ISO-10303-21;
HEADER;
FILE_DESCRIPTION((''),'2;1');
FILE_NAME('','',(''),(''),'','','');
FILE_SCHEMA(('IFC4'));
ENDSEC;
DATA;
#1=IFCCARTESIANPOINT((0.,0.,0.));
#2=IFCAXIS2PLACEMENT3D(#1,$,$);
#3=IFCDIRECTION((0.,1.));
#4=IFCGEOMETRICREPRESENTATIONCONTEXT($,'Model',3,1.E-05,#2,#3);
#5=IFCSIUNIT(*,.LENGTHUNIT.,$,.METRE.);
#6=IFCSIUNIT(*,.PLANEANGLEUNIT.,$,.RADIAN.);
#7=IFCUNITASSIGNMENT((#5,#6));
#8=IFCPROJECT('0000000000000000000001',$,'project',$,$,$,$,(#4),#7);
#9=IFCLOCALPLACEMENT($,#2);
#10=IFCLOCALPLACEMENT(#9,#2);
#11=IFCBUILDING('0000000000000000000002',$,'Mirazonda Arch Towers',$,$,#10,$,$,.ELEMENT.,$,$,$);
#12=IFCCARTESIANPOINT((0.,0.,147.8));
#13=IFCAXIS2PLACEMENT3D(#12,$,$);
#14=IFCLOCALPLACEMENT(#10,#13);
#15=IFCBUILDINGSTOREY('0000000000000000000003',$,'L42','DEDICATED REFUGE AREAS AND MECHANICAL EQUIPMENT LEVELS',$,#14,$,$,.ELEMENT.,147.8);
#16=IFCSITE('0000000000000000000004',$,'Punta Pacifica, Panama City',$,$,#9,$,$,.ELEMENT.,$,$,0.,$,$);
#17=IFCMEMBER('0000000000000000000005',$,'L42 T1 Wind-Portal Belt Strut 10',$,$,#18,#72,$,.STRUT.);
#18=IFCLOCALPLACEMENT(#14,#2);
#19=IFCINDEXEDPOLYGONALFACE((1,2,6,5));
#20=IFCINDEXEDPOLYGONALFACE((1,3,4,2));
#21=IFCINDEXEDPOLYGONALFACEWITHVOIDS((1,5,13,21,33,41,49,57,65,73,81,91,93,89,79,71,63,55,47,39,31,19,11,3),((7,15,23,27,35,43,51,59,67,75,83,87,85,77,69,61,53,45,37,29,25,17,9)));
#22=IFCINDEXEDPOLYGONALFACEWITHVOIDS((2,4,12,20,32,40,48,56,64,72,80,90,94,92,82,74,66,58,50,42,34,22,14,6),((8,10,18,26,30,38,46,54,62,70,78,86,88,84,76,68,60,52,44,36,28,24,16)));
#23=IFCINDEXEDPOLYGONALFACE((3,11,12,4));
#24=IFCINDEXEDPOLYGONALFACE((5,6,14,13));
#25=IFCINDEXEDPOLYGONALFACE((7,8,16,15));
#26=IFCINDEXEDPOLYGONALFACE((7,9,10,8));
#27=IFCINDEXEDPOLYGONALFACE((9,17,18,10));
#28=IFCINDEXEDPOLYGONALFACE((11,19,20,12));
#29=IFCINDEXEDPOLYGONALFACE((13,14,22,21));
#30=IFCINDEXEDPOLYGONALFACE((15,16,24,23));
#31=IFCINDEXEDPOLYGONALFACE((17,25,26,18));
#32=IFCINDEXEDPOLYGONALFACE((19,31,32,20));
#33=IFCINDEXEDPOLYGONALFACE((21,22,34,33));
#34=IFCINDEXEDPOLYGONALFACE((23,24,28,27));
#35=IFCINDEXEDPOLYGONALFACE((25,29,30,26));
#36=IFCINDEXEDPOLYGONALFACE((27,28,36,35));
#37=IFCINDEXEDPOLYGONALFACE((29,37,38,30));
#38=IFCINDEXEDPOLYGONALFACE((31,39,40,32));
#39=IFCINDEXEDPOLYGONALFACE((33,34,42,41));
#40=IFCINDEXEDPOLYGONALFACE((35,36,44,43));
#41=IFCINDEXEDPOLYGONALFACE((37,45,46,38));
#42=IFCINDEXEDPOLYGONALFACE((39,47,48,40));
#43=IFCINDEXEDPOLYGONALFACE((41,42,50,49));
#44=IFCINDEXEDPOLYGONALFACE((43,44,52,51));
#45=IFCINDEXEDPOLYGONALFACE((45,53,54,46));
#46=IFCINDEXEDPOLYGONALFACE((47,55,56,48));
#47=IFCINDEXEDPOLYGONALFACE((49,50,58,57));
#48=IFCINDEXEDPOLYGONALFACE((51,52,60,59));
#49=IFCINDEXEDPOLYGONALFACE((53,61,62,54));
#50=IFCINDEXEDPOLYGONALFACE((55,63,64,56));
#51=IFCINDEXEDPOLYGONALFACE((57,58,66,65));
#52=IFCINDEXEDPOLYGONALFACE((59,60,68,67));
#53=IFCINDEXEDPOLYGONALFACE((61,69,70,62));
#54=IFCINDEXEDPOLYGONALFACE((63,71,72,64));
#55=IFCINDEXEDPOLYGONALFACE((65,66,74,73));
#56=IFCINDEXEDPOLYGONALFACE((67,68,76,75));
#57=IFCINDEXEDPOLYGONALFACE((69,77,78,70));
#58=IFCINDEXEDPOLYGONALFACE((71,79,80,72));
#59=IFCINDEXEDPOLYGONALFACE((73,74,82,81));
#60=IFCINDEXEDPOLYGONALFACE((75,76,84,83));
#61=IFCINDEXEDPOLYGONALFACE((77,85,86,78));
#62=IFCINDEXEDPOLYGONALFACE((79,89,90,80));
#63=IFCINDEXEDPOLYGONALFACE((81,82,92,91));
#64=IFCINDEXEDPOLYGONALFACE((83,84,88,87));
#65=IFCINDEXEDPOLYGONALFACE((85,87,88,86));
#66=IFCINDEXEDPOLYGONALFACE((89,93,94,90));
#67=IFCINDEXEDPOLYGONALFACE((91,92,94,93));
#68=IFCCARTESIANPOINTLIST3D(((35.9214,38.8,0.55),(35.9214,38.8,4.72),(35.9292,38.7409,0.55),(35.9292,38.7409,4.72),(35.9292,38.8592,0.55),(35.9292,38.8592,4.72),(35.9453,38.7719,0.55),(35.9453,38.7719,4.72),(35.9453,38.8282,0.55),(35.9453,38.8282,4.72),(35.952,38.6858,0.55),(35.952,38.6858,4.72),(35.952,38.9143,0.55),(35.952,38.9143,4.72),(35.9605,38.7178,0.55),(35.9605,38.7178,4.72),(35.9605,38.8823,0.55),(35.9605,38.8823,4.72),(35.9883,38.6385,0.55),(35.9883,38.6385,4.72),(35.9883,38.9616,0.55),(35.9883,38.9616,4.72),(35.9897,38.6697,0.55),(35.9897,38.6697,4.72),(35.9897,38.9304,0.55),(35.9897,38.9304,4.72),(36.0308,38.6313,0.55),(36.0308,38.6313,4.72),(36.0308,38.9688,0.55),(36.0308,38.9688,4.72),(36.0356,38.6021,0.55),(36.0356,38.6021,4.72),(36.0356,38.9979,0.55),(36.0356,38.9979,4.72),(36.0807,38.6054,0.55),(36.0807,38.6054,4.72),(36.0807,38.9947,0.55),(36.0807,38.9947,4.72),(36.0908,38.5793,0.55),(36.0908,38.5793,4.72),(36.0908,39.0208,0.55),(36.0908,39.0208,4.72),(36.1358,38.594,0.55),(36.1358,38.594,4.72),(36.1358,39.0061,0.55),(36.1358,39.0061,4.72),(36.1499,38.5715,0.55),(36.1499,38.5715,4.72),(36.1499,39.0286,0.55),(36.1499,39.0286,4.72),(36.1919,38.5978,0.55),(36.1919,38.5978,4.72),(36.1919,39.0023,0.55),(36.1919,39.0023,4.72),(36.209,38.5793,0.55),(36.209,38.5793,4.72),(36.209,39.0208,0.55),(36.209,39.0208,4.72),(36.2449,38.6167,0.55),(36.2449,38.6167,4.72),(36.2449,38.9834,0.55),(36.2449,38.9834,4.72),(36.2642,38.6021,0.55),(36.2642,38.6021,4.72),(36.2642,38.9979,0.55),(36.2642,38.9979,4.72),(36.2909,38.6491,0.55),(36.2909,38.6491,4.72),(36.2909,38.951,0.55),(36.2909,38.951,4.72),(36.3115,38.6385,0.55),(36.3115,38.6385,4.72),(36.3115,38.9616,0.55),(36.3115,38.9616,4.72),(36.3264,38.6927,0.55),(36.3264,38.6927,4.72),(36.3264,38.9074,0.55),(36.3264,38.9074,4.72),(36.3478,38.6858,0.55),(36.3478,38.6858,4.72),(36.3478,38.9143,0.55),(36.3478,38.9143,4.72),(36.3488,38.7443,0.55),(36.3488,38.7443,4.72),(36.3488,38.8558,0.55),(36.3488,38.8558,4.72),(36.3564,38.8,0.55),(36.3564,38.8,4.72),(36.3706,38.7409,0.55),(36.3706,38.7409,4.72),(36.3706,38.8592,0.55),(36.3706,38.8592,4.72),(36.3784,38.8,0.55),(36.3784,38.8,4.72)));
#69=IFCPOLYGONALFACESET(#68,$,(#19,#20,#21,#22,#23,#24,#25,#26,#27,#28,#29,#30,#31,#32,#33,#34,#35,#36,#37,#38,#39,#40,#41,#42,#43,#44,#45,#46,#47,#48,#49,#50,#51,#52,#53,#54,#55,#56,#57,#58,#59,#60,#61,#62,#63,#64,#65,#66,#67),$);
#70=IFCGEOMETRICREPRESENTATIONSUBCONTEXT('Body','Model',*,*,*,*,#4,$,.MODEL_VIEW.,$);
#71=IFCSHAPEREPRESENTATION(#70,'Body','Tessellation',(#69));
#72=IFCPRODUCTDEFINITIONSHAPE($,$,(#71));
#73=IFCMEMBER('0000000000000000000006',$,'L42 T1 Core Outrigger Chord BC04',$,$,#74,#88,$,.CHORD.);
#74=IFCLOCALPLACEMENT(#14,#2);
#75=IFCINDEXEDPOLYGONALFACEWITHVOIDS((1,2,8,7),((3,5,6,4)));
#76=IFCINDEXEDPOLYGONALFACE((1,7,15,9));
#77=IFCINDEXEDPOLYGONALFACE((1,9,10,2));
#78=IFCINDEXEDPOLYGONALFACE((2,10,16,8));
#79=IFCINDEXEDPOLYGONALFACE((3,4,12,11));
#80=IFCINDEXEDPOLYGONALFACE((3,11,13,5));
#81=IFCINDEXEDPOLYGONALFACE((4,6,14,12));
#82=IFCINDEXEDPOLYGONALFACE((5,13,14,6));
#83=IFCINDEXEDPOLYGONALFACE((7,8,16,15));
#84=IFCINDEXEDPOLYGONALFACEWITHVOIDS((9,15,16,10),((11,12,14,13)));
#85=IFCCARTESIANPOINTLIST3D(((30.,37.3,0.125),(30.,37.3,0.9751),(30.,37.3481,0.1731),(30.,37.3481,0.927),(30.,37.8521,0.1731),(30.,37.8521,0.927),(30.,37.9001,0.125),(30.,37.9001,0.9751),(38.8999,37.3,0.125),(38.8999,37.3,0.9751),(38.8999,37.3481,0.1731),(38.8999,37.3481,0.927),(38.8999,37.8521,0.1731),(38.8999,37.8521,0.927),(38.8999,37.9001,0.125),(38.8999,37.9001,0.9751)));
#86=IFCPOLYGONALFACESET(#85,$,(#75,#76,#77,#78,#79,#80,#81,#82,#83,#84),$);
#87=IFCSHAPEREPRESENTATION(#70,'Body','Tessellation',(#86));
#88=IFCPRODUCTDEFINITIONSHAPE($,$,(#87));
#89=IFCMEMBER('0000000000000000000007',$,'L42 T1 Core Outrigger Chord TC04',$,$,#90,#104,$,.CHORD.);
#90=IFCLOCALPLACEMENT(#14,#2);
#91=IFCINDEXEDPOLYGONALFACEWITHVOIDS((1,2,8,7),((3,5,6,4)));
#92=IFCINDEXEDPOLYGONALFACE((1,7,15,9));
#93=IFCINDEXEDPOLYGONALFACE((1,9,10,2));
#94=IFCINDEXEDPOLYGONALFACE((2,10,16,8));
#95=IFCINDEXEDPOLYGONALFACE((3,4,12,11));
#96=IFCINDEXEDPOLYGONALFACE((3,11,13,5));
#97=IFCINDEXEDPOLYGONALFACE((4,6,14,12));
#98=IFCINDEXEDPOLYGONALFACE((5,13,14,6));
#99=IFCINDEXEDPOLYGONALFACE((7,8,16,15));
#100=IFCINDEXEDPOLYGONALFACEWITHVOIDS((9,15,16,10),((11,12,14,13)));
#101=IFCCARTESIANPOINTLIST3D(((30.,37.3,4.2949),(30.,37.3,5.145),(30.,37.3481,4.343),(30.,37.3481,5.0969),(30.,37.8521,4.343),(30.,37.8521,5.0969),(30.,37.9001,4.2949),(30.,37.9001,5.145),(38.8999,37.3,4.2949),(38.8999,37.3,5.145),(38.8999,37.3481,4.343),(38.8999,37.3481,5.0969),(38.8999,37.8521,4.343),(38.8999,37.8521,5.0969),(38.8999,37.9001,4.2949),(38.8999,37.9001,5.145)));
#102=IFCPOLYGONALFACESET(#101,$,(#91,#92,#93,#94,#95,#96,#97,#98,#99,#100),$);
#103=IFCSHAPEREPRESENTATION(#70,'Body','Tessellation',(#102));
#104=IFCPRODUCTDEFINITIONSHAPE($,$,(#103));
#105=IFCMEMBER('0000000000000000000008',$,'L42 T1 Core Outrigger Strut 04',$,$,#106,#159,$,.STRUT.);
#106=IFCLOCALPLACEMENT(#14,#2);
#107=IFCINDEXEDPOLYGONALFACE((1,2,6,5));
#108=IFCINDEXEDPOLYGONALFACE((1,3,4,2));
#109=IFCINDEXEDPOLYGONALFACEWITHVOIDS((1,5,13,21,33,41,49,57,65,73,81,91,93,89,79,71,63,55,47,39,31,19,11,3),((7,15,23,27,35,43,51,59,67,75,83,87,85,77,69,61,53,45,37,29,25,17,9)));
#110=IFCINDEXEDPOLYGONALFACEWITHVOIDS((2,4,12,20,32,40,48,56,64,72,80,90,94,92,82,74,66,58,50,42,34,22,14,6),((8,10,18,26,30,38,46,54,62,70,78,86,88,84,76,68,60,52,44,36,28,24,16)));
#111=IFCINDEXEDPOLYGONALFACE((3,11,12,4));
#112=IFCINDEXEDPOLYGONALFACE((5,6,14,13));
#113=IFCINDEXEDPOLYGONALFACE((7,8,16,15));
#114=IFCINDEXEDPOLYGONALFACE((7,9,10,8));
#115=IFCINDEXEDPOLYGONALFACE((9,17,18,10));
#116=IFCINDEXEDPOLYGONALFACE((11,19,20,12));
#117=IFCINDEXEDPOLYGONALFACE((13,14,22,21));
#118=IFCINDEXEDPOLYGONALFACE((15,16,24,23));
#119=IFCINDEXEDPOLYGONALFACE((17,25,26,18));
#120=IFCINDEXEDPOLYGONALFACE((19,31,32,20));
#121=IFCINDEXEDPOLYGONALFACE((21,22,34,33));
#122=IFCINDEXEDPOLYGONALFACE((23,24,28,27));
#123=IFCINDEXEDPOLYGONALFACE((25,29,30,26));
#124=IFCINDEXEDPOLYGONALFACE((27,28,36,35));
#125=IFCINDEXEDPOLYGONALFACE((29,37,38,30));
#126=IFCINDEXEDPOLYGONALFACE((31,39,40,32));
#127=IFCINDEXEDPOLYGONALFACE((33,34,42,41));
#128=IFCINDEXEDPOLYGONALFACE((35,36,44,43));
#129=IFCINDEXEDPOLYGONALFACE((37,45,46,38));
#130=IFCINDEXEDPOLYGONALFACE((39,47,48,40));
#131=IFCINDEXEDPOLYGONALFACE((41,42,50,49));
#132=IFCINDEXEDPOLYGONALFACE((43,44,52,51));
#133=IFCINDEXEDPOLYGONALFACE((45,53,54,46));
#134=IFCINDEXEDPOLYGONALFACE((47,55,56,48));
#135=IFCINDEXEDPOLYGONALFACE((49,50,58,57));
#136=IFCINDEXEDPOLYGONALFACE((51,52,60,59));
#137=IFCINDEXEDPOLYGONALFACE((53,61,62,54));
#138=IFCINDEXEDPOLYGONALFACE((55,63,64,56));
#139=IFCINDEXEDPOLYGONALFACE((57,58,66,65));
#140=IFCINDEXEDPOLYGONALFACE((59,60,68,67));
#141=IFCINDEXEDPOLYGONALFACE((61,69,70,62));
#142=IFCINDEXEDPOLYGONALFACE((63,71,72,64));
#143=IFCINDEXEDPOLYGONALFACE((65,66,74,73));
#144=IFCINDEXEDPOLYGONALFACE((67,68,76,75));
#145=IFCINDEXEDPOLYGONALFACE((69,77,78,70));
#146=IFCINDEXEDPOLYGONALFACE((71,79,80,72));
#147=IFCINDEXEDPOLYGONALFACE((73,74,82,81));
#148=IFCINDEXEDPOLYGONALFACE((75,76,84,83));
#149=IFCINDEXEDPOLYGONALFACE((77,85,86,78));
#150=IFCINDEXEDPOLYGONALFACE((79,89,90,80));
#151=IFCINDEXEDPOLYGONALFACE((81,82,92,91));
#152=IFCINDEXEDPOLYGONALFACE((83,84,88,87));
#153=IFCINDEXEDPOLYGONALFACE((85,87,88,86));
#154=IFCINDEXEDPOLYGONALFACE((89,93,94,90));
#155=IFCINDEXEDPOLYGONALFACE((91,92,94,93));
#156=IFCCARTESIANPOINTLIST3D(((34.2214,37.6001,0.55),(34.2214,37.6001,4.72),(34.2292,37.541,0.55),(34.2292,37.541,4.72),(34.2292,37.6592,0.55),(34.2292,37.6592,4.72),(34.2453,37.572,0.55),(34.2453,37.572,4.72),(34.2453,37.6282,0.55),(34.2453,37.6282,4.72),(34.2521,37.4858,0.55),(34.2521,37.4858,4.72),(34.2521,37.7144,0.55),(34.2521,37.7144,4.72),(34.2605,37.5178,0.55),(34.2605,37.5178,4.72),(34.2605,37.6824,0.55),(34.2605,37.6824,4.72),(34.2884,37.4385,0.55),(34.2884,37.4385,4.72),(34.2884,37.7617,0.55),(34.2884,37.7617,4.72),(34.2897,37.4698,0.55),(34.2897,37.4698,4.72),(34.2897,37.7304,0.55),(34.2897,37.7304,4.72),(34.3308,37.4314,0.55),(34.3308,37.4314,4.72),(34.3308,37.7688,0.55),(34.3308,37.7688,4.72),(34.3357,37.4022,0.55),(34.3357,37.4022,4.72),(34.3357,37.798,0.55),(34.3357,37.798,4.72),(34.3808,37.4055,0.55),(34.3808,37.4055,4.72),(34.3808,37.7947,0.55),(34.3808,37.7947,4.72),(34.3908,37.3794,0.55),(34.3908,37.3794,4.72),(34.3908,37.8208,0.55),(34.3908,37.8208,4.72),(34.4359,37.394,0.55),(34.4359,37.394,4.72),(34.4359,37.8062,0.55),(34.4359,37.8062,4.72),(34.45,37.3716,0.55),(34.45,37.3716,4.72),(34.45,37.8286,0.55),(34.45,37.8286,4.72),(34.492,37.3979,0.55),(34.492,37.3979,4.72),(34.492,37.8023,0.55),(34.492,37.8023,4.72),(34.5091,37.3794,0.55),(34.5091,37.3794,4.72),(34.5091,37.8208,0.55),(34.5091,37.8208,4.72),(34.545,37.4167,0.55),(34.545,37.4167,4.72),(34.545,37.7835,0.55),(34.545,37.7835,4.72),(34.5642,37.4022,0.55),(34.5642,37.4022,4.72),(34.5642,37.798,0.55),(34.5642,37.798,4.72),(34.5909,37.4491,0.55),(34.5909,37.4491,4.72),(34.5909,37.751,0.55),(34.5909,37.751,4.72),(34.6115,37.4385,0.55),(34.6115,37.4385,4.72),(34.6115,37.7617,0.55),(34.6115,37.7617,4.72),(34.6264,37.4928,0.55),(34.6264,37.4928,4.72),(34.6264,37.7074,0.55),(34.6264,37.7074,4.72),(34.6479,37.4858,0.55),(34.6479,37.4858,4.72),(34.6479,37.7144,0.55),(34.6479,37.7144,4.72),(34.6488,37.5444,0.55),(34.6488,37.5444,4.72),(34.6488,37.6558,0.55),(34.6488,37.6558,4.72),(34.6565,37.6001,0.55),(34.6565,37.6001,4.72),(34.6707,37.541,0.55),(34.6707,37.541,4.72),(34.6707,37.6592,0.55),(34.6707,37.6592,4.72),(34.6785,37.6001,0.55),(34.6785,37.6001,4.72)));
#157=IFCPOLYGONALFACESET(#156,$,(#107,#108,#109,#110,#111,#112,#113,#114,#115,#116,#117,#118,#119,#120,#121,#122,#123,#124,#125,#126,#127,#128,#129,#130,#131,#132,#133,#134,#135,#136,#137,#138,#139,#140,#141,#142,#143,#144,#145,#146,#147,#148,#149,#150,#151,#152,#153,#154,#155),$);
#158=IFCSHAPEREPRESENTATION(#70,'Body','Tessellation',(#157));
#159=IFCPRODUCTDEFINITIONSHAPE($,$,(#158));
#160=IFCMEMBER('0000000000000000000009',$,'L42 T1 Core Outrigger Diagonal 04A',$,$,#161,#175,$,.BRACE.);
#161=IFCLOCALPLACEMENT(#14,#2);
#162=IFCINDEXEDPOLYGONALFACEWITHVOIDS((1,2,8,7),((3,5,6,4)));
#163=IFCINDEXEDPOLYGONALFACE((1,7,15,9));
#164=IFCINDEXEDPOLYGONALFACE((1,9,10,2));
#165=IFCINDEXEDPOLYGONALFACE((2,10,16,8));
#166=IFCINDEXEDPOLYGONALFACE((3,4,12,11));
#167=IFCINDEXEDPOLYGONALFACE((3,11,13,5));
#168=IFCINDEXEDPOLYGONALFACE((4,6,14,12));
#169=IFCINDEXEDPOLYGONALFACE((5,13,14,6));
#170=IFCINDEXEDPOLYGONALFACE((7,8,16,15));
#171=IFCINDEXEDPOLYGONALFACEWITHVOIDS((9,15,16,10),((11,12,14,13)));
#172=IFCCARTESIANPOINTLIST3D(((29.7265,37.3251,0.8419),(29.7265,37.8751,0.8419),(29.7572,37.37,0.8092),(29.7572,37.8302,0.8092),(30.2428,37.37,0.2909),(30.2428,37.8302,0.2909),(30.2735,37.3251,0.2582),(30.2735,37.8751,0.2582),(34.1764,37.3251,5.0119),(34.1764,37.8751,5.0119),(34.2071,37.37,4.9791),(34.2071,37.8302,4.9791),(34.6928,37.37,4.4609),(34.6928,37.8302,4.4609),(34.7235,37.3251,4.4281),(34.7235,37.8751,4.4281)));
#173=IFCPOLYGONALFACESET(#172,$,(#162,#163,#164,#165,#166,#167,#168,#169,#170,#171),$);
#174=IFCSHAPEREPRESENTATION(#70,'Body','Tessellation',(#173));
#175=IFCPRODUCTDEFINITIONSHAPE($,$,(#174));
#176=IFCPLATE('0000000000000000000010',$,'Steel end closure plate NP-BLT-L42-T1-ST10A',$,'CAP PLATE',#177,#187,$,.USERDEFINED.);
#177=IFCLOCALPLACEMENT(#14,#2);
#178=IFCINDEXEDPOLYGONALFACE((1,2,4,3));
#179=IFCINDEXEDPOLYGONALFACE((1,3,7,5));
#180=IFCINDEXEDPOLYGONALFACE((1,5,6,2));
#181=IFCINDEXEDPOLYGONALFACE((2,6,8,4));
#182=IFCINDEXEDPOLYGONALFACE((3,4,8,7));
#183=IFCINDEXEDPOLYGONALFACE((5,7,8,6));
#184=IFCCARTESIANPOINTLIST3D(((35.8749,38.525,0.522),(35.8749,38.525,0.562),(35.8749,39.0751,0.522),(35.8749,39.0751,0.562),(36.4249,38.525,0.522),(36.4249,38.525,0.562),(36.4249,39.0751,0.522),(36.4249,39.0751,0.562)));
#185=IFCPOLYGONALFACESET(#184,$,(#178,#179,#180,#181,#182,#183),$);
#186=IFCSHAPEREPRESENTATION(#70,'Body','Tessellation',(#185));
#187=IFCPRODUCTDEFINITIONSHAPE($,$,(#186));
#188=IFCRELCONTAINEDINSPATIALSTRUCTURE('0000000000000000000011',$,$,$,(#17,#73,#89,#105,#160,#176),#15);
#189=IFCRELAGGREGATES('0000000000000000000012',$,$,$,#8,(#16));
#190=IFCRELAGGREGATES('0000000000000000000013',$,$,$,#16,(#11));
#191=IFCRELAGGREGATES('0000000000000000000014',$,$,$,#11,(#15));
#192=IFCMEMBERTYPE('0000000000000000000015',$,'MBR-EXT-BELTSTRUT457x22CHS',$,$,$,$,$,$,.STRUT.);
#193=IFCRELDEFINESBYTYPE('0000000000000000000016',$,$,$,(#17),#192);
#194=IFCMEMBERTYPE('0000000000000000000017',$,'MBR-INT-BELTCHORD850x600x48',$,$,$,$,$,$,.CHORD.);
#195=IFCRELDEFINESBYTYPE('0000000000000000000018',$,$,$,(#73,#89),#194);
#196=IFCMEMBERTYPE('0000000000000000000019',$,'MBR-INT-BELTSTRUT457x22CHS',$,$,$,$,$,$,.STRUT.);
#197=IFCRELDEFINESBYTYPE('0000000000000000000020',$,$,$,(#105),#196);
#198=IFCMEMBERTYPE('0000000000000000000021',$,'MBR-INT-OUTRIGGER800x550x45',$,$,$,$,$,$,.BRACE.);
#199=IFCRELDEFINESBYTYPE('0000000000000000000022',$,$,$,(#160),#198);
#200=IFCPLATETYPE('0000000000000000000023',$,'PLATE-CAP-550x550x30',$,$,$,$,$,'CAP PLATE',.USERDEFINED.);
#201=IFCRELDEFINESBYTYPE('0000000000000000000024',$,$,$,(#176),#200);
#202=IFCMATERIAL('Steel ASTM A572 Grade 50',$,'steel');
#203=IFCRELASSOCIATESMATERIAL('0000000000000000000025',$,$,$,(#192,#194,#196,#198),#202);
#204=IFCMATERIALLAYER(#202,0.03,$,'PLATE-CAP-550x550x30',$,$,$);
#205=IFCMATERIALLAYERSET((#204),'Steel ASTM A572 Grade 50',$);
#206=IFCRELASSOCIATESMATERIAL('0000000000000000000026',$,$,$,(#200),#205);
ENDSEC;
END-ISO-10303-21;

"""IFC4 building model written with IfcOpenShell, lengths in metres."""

from ifc_helpers import new_model, si_unit, direction, frame, origin, origin_2d, place, context, subcontext, project, spatial, rectangle, hollow_rectangle, hollow_circle, extrude, material, layer, layer_set, material_profile, profile_set, type_object, element, save


model = new_model("IFC4")

# Units and contexts
model_context = context("Model", 3, precision=1e-05, world=origin(), true_north=direction((0.0, 1.0)))
body_context = subcontext(model_context, "Body", "Model", "MODEL_VIEW")
ifc_project = project(units=[si_unit("LENGTHUNIT", "METRE"), si_unit("PLANEANGLEUNIT", "RADIAN")], contexts=[model_context])

# Site, building, storey
site_placement = place(None, origin())
site = spatial("IfcSite", under=ifc_project, at=site_placement, Name="Punta Pacifica, Panama City", CompositionType="ELEMENT", RefElevation=0.0)
building_placement = place(site_placement, origin())
building = spatial("IfcBuilding", under=site, at=building_placement, Name="Mirazonda Arch Towers", CompositionType="ELEMENT")
storey_placement = place(building_placement, frame((0.0, 0.0, 147.8)))
storey = spatial("IfcBuildingStorey", under=building, at=storey_placement, Name="L42", Description="DEDICATED REFUGE AREAS AND MECHANICAL EQUIPMENT LEVELS", CompositionType="ELEMENT", Elevation=147.8)

# Shared definitions
ifc_material_1 = material(Name="Steel ASTM A572 Grade 50", Category="steel")

# Members
ifc_material_profile_1 = material_profile(ifc_material_1, hollow_circle(Radius=0.2285, WallThickness=0.022, at=origin_2d()), Name="BELTSTRUT457x22CHS")
ifc_profile_set_1 = profile_set([ifc_material_profile_1], Name="Steel ASTM A572 Grade 50")
member_type_1 = type_object("IfcMemberType", Name="MBR-EXT-BELTSTRUT457x22CHS", PredefinedType="STRUT", material=ifc_profile_set_1)
member_1_placement = place(storey_placement, frame((36.1499, 38.8, 0.55), z_axis=(0.0, 0.0, 1.0), x_axis=(1.0, 0.0, 0.0)))
element("IfcMember", 1, at=member_1_placement, inside=storey, type_object=member_type_1, Name="L42 T1 Wind-Portal Belt Strut 10", PredefinedType="STRUT", context=body_context, shape_type="SweptSolid", body=[
    extrude(hollow_circle(Radius=0.2285, WallThickness=0.022, at=origin_2d()), origin(), (0.0, 0.0, 1.0), 4.1699),
])
ifc_material_profile_2 = material_profile(ifc_material_1, hollow_rectangle(XDim=0.6001, YDim=0.8501, WallThickness=0.0481, at=origin_2d()), Name="BELTCHORD850x600x48")
ifc_profile_set_2 = profile_set([ifc_material_profile_2], Name="Steel ASTM A572 Grade 50")
member_type_2 = type_object("IfcMemberType", Name="MBR-INT-BELTCHORD850x600x48", PredefinedType="CHORD", material=ifc_profile_set_2)
for number, where, z_axis, x_axis, name in (
    (2, (30.0, 37.6001, 0.55), (1.0, 0.0, 0.0), (0.0, 1.0, 0.0), "L42 T1 Core Outrigger Chord BC04"),
    (3, (30.0, 37.6001, 4.72), (1.0, 0.0, 0.0), (0.0, 1.0, 0.0), "L42 T1 Core Outrigger Chord TC04"),
):
    element("IfcMember", number, at=place(storey_placement, frame(where, z_axis=z_axis, x_axis=x_axis)), inside=storey, type_object=member_type_2, Name=name, PredefinedType="CHORD", context=body_context, shape_type="SweptSolid", body=[
        extrude(hollow_rectangle(XDim=0.6001, YDim=0.8501, WallThickness=0.0481, at=origin_2d()), origin(), (0.0, 0.0, 1.0), 8.8999),
    ])
ifc_material_profile_3 = material_profile(ifc_material_1, hollow_circle(Radius=0.2285, WallThickness=0.022, at=origin_2d()), Name="BELTSTRUT457x22CHS")
ifc_profile_set_3 = profile_set([ifc_material_profile_3], Name="Steel ASTM A572 Grade 50")
member_type_3 = type_object("IfcMemberType", Name="MBR-INT-BELTSTRUT457x22CHS", PredefinedType="STRUT", material=ifc_profile_set_3)
member_2_placement = place(storey_placement, frame((34.45, 37.6001, 0.55), z_axis=(0.0, 0.0, 1.0), x_axis=(1.0, 0.0, 0.0)))
element("IfcMember", 4, at=member_2_placement, inside=storey, type_object=member_type_3, Name="L42 T1 Core Outrigger Strut 04", PredefinedType="STRUT", context=body_context, shape_type="SweptSolid", body=[
    extrude(hollow_circle(Radius=0.2285, WallThickness=0.022, at=origin_2d()), origin(), (0.0, 0.0, 1.0), 4.1699),
])
ifc_material_profile_4 = material_profile(ifc_material_1, hollow_rectangle(XDim=0.55, YDim=0.8, WallThickness=0.0449, at=origin_2d()), Name="OUTRIGGER800x550x45")
ifc_profile_set_4 = profile_set([ifc_material_profile_4], Name="Steel ASTM A572 Grade 50")
member_type_4 = type_object("IfcMemberType", Name="MBR-INT-OUTRIGGER800x550x45", PredefinedType="BRACE", material=ifc_profile_set_4)
member_3_placement = place(storey_placement, frame((30.0, 37.6001, 0.55), z_axis=(0.729693, 0.0, 0.683775), x_axis=(0.0, 1.0, 0.0)))
element("IfcMember", 5, at=member_3_placement, inside=storey, type_object=member_type_4, Name="L42 T1 Core Outrigger Diagonal 04A", PredefinedType="BRACE", context=body_context, shape_type="SweptSolid", body=[
    extrude(hollow_rectangle(XDim=0.55, YDim=0.8, WallThickness=0.0449, at=origin_2d()), origin(), (0.0, 0.0, 1.0), 6.0984),
])

# Plate
ifc_layer_1 = layer(ifc_material_1, 0.03, Name="PLATE-CAP-550x550x30")
ifc_layer_set_1 = layer_set([ifc_layer_1], Name="Steel ASTM A572 Grade 50")
plate_type_1 = type_object("IfcPlateType", Name="PLATE-CAP-550x550x30", ElementType="CAP PLATE", PredefinedType="USERDEFINED", material=ifc_layer_set_1)
for number, where, z_axis, x_axis, name in (
    (6, (36.1499, 38.8, 0.522), (0.0, 0.0, 1.0), (1.0, 0.0, 0.0), "Steel end closure plate NP-BLT-L42-T1-ST10A"),
):
    element("IfcPlate", number, at=place(storey_placement, frame(where, z_axis=z_axis, x_axis=x_axis)), inside=storey, type_object=plate_type_1, Name=name, ObjectType="CAP PLATE", PredefinedType="USERDEFINED", context=body_context, shape_type="SweptSolid", body=[
        extrude(rectangle(XDim=0.55, YDim=0.55, at=origin_2d()), origin(), (0.0, 0.0, 1.0), 0.04),
    ])

save(model, "model.ifc")
